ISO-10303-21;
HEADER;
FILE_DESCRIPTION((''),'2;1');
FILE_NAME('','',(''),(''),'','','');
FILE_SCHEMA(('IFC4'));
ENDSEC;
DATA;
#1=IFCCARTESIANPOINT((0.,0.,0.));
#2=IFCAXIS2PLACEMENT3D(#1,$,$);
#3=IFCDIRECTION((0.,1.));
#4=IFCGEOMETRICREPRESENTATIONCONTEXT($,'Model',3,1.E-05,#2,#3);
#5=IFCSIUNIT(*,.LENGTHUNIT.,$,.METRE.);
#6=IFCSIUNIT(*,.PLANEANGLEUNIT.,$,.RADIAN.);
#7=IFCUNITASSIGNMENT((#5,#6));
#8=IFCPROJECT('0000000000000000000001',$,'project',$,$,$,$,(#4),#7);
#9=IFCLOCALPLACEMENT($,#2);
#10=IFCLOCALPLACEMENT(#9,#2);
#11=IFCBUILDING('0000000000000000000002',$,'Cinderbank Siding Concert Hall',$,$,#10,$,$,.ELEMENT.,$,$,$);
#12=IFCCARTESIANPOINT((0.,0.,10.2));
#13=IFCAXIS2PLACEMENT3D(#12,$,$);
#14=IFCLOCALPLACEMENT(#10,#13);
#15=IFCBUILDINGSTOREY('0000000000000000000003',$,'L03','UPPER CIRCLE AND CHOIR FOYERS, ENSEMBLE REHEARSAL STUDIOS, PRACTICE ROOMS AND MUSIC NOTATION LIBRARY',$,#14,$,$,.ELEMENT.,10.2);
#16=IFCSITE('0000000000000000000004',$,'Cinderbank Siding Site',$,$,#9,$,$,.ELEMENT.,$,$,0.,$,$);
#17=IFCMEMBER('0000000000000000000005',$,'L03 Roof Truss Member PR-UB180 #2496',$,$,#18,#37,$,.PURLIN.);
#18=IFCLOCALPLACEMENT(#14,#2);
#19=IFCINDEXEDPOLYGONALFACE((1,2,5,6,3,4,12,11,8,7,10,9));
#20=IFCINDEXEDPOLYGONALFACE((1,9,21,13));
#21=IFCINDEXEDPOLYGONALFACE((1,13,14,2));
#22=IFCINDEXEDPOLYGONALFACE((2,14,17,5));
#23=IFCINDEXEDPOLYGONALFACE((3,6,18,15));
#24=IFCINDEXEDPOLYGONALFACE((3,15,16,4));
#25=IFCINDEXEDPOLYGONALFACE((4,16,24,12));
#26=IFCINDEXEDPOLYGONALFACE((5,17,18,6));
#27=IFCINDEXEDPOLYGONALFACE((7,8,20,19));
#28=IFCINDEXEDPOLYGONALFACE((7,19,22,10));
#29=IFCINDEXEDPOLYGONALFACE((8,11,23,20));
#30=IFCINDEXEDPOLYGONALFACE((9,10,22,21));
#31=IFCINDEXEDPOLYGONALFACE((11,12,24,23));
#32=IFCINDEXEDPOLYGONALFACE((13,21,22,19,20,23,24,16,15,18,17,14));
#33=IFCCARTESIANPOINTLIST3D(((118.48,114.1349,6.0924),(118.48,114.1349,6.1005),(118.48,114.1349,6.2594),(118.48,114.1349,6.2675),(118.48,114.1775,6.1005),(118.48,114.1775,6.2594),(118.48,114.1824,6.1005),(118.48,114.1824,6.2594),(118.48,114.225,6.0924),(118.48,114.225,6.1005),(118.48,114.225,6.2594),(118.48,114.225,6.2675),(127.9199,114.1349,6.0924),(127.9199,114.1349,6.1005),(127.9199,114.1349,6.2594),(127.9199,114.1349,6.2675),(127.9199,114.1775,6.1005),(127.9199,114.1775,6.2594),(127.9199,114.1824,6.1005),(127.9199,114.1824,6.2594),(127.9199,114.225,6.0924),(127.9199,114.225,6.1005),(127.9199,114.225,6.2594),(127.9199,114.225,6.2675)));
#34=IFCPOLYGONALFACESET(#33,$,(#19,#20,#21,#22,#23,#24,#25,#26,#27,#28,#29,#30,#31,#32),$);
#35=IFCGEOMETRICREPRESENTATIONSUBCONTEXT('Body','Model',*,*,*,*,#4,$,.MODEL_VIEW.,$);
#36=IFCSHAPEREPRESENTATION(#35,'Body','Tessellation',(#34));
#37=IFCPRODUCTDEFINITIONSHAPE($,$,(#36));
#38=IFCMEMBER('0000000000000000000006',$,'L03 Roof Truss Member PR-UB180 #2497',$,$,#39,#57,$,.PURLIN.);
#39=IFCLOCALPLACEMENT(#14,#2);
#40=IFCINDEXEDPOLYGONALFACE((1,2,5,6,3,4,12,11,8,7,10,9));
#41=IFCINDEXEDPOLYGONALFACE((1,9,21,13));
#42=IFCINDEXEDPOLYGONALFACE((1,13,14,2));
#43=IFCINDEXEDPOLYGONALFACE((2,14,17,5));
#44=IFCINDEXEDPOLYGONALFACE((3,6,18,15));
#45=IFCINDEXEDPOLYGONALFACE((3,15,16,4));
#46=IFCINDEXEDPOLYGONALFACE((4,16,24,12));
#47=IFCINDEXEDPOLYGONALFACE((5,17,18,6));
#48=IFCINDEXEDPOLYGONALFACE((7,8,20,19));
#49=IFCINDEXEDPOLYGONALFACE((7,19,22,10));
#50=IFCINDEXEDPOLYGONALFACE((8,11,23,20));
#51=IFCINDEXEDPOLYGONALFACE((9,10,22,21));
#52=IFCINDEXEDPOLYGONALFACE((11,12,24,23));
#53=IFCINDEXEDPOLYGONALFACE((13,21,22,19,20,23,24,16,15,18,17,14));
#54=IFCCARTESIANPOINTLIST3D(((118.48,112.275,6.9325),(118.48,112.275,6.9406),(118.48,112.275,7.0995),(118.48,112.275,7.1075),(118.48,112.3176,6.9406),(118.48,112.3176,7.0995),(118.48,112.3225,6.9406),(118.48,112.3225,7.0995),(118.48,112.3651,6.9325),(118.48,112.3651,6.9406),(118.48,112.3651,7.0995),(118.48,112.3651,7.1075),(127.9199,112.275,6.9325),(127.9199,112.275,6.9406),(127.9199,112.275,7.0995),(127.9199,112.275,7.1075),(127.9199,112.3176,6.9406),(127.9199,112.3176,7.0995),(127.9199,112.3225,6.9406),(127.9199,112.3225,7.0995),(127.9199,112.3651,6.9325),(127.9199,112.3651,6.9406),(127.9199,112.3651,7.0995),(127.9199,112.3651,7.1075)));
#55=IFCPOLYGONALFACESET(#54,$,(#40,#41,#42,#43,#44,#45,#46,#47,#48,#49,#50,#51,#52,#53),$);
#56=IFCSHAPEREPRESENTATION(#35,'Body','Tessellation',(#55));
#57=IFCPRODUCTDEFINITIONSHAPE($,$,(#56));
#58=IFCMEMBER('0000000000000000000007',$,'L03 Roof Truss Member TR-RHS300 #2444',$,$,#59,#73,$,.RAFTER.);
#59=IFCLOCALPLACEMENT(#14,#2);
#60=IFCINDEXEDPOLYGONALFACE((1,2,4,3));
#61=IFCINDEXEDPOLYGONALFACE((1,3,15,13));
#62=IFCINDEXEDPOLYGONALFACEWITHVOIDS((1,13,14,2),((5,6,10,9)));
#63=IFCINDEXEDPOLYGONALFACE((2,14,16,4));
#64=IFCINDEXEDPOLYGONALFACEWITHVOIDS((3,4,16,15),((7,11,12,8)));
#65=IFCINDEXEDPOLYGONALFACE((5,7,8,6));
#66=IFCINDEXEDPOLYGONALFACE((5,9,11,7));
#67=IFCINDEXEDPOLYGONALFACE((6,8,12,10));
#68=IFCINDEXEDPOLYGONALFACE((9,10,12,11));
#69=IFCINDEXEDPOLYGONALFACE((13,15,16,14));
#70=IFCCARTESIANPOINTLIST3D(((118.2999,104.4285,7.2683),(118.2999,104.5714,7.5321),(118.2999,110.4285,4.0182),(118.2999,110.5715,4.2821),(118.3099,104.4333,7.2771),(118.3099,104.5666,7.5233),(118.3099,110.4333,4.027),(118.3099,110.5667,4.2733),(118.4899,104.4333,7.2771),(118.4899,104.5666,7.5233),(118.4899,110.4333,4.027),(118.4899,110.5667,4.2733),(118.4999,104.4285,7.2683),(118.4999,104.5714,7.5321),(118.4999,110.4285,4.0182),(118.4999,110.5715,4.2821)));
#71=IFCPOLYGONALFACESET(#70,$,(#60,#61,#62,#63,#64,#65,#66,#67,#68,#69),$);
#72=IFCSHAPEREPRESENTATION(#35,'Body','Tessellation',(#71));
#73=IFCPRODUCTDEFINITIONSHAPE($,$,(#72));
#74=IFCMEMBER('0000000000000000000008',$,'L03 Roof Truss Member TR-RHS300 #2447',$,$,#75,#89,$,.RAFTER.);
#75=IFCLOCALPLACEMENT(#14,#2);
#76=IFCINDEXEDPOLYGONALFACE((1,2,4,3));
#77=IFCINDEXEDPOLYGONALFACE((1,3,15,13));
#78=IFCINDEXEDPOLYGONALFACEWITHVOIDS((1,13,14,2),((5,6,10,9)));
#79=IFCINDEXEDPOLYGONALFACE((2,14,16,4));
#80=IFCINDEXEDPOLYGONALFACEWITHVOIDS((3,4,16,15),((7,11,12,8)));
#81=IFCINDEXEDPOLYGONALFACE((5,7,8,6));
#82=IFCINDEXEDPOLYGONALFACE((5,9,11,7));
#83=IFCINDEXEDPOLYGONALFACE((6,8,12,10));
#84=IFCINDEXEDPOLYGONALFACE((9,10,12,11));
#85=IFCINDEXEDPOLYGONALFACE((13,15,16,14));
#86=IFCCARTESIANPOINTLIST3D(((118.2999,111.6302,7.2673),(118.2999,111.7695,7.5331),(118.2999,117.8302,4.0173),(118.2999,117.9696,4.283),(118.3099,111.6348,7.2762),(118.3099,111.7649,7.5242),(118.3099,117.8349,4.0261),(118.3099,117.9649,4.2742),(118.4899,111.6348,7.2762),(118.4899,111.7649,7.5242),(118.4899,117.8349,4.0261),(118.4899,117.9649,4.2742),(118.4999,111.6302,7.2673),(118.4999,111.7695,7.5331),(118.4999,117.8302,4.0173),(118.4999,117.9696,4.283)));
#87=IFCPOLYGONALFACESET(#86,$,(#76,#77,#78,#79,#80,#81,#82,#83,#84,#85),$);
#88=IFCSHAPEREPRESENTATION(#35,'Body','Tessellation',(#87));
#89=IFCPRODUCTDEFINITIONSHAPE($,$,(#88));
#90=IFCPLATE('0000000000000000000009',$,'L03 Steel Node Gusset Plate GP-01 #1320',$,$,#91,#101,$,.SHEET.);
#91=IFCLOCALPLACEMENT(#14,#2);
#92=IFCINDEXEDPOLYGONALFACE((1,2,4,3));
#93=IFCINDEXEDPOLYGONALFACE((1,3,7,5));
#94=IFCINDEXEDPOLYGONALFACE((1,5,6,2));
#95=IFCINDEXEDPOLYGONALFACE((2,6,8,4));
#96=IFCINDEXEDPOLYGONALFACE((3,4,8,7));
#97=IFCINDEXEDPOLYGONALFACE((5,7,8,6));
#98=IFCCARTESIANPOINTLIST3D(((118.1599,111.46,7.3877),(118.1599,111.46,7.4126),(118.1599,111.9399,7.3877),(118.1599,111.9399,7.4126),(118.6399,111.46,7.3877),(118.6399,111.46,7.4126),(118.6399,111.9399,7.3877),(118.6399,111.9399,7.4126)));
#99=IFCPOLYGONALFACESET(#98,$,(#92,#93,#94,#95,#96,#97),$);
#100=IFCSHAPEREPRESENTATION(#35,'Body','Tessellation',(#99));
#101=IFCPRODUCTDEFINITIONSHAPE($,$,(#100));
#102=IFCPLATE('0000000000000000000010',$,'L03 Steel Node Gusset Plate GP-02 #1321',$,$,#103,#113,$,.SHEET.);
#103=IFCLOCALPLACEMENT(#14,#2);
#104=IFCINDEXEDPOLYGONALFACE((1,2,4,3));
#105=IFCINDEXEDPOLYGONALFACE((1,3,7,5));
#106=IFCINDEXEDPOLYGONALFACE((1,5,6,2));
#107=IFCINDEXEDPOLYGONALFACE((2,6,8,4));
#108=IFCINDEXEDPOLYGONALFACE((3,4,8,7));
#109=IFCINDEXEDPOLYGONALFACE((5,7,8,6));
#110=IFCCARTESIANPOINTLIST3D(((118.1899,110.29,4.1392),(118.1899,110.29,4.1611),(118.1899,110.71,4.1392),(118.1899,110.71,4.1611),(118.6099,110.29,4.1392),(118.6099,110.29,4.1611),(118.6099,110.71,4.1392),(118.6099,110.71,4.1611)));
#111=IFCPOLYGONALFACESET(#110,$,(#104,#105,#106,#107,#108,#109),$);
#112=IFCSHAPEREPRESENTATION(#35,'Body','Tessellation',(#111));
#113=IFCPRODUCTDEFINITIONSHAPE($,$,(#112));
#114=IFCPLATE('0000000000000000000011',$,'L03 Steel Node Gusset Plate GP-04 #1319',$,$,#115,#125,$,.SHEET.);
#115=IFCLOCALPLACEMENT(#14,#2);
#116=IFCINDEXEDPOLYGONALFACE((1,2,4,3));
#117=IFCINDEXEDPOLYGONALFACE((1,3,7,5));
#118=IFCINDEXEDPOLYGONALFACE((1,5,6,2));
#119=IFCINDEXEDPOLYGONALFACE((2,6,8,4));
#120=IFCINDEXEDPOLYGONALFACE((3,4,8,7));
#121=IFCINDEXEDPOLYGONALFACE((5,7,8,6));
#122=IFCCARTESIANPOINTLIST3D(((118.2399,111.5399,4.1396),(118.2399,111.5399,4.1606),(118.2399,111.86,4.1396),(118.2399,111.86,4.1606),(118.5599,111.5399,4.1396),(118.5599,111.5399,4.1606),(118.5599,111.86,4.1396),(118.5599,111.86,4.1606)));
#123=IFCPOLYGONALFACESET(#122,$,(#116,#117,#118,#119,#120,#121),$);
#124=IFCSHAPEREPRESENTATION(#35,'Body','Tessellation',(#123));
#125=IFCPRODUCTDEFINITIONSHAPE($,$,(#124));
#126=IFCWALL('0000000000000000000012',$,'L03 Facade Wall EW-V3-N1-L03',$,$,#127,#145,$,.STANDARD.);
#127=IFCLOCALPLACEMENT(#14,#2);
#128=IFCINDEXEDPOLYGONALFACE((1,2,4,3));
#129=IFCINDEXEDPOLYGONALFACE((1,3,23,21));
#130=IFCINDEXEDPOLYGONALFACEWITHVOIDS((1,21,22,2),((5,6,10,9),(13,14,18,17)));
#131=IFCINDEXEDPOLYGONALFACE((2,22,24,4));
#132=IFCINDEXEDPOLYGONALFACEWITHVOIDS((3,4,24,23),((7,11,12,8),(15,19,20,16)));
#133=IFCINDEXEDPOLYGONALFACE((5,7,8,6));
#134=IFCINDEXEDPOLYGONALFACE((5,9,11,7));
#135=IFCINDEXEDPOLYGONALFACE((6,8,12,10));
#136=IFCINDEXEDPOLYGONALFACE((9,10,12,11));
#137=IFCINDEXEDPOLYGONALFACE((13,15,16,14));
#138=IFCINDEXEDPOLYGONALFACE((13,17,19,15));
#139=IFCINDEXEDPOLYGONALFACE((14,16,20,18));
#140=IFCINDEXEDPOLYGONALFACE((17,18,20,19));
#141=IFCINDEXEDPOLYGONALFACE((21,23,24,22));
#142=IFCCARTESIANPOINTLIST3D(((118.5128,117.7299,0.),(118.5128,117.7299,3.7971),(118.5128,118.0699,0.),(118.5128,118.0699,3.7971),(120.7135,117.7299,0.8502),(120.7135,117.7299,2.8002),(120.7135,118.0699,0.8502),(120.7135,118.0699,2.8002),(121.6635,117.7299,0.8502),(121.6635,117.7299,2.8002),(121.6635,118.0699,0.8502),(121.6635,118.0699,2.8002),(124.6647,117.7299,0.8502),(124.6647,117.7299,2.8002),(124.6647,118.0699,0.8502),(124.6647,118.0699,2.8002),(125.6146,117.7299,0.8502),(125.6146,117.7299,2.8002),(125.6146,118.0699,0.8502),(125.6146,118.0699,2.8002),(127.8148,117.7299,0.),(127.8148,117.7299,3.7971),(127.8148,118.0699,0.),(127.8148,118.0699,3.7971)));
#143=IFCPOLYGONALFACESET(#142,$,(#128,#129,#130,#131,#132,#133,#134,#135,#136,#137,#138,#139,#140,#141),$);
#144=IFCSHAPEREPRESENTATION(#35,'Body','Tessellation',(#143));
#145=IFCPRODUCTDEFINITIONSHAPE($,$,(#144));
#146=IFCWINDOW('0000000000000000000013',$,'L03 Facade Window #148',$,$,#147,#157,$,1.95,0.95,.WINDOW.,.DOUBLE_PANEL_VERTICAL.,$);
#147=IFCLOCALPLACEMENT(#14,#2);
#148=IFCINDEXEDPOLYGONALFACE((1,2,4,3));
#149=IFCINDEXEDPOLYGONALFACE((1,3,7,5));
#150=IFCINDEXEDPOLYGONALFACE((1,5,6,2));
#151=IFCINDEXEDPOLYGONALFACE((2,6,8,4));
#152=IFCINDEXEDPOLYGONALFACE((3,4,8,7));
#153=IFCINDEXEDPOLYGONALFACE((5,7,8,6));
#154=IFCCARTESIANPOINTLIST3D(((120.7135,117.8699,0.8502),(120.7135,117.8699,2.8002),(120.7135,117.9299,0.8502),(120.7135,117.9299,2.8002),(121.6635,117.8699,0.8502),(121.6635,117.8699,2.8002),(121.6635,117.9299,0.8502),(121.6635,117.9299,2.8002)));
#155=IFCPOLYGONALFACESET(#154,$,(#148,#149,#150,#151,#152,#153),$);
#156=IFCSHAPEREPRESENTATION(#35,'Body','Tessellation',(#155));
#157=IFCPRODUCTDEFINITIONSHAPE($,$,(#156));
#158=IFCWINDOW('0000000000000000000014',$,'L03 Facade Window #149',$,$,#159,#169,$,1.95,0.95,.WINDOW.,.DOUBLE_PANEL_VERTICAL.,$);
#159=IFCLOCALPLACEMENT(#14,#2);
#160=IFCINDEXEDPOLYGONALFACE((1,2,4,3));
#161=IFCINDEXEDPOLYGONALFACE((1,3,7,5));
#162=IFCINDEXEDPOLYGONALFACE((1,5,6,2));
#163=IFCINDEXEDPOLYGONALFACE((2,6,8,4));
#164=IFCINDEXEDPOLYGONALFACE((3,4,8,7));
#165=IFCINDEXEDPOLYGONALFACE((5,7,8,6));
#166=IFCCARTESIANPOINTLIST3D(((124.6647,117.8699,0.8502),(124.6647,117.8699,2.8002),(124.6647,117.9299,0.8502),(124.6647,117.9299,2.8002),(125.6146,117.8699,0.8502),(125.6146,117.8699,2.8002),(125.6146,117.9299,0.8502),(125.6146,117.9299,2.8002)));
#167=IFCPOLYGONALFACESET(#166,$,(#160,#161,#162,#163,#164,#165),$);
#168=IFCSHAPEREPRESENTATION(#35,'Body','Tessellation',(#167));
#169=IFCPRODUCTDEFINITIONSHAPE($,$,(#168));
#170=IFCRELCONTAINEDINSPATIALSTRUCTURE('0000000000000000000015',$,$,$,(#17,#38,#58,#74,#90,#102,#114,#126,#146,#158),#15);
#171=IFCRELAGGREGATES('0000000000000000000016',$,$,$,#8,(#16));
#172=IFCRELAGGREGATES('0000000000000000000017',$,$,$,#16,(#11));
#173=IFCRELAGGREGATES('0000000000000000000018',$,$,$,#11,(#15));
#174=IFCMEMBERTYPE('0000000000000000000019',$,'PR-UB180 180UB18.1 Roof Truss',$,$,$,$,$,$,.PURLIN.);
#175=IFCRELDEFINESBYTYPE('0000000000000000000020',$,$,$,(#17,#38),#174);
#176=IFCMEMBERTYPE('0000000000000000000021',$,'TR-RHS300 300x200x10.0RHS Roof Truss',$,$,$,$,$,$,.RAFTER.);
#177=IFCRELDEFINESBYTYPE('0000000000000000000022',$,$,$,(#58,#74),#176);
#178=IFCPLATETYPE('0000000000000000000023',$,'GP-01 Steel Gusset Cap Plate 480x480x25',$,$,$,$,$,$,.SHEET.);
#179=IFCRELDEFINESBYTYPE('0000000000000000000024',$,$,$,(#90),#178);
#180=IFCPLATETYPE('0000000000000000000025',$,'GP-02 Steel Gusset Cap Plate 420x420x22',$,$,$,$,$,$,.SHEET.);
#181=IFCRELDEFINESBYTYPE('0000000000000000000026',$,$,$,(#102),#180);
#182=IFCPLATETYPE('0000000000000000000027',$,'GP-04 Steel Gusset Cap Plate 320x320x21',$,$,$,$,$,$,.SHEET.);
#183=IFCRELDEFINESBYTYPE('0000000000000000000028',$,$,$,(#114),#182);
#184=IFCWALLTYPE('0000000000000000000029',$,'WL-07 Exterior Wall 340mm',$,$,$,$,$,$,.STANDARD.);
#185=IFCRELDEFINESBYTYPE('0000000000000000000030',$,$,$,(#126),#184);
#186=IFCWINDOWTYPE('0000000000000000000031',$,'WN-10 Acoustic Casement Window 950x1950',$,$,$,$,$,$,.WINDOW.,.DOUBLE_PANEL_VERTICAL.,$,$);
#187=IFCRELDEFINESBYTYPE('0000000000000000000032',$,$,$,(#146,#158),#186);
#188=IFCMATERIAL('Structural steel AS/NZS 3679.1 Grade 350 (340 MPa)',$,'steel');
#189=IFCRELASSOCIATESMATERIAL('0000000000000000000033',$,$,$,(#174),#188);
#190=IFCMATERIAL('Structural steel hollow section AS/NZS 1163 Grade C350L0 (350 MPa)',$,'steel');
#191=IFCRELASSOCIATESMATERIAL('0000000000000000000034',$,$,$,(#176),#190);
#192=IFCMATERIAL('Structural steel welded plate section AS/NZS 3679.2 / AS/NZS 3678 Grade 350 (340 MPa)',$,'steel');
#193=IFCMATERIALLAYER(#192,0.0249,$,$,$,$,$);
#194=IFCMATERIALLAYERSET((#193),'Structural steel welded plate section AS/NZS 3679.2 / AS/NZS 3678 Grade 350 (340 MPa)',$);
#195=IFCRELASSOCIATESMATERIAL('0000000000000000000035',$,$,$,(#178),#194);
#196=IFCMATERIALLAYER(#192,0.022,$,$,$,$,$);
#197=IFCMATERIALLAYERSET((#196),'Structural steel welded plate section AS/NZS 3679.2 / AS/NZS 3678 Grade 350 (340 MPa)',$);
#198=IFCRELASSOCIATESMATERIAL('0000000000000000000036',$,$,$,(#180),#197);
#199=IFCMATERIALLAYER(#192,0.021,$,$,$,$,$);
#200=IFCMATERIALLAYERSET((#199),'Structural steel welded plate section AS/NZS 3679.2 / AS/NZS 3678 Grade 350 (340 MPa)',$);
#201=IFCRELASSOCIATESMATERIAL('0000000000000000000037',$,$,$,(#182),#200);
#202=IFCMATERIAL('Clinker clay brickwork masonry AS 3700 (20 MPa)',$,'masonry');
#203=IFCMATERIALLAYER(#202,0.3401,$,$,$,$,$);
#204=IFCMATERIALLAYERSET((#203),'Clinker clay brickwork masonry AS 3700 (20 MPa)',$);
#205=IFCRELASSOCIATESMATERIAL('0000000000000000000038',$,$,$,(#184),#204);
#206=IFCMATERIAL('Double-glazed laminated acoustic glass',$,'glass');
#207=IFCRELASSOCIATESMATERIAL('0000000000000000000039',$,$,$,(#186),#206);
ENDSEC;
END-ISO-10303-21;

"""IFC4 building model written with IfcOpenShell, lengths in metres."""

from ifc_helpers import new_model, si_unit, direction, frame, frame_2d, origin, origin_2d, place, context, subcontext, project, spatial, rectangle, hollow_rectangle, i_section, extrude, material, layer, layer_set, material_profile, profile_set, type_object, element, fill, save


model = new_model("IFC4")

# Units and contexts
model_context = context("Model", 3, precision=1e-05, world=origin(), true_north=direction((0.0, 1.0)))
body_context = subcontext(model_context, "Body", "Model", "MODEL_VIEW")
ifc_project = project(units=[si_unit("LENGTHUNIT", "METRE"), si_unit("PLANEANGLEUNIT", "RADIAN")], contexts=[model_context])

# Site, building, storey
site_placement = place(None, origin())
site = spatial("IfcSite", under=ifc_project, at=site_placement, Name="Cinderbank Siding Site", CompositionType="ELEMENT", RefElevation=0.0)
building_placement = place(site_placement, origin())
building = spatial("IfcBuilding", under=site, at=building_placement, Name="Cinderbank Siding Concert Hall", CompositionType="ELEMENT")
storey_placement = place(building_placement, frame((0.0, 0.0, 10.2)))
storey = spatial("IfcBuildingStorey", under=building, at=storey_placement, Name="L03", Description="UPPER CIRCLE AND CHOIR FOYERS, ENSEMBLE REHEARSAL STUDIOS, PRACTICE ROOMS AND MUSIC NOTATION LIBRARY", CompositionType="ELEMENT", Elevation=10.2)

# Shared definitions
ifc_material_1 = material(Name="Structural steel AS/NZS 3679.1 Grade 350 (340 MPa)", Category="steel")

# Shared definitions
ifc_material_2 = material(Name="Structural steel welded plate section AS/NZS 3679.2 / AS/NZS 3678 Grade 350 (340 MPa)", Category="steel")

# Members
ifc_material_3 = material(Name="Structural steel hollow section AS/NZS 1163 Grade C350L0 (350 MPa)", Category="steel")
ifc_material_profile_1 = material_profile(ifc_material_1, i_section(OverallWidth=0.0901, OverallDepth=0.175, WebThickness=0.0049, FlangeThickness=0.0081, at=origin_2d()), Name="180UB18.1", Category="LoadBearing")
ifc_profile_set_1 = profile_set([ifc_material_profile_1], Name="Structural steel AS/NZS 3679.1 Grade 350 (340 MPa)")
member_type_1 = type_object("IfcMemberType", Name="PR-UB180 180UB18.1 Roof Truss", PredefinedType="PURLIN", material=ifc_profile_set_1)
for number, where, z_axis, x_axis, name in (
    (1, (118.48, 114.1799, 6.1799), (1.0, 0.0, 0.0), (0.0, 1.0, 0.0), "L03 Roof Truss Member PR-UB180 #2496"),
    (2, (118.48, 112.3201, 7.02), (1.0, 0.0, 0.0), (0.0, 1.0, 0.0), "L03 Roof Truss Member PR-UB180 #2497"),
):
    element("IfcMember", number, at=place(storey_placement, frame(where, z_axis=z_axis, x_axis=x_axis)), inside=storey, type_object=member_type_1, Name=name, PredefinedType="PURLIN", context=body_context, shape_type="SweptSolid", body=[
        extrude(i_section(OverallWidth=0.0901, OverallDepth=0.175, WebThickness=0.0049, FlangeThickness=0.0081, at=origin_2d()), origin(), (0.0, 0.0, 1.0), 9.4399),
    ])
ifc_material_profile_2 = material_profile(ifc_material_3, hollow_rectangle(XDim=0.2, YDim=0.3, WallThickness=0.01, at=origin_2d()), Name="300x200x10.0RHS", Category="LoadBearing")
ifc_profile_set_2 = profile_set([ifc_material_profile_2], Name="Structural steel hollow section AS/NZS 1163 Grade C350L0 (350 MPa)")
member_type_2 = type_object("IfcMemberType", Name="TR-RHS300 300x200x10.0RHS Roof Truss", PredefinedType="RAFTER", material=ifc_profile_set_2)
member_1_placement = place(storey_placement, frame((118.3999, 110.5, 4.1501), z_axis=(0.0, -0.879292, 0.476283), x_axis=(1.0, 0.0, 0.0)))
element("IfcMember", 3, at=member_1_placement, inside=storey, type_object=member_type_2, Name="L03 Roof Truss Member TR-RHS300 #2444", PredefinedType="RAFTER", context=body_context, shape_type="SweptSolid", body=[
    extrude(hollow_rectangle(XDim=0.2, YDim=0.3, WallThickness=0.01, at=origin_2d()), origin(), (0.0, 0.0, 1.0), 6.8237),
])
member_2_placement = place(storey_placement, frame((118.3999, 117.8999, 4.1501), z_axis=(0.0, -0.88569, 0.464277), x_axis=(1.0, 0.0, 0.0)))
element("IfcMember", 4, at=member_2_placement, inside=storey, type_object=member_type_2, Name="L03 Roof Truss Member TR-RHS300 #2447", PredefinedType="RAFTER", context=body_context, shape_type="SweptSolid", body=[
    extrude(hollow_rectangle(XDim=0.2, YDim=0.3, WallThickness=0.01, at=origin_2d()), origin(), (0.0, 0.0, 1.0), 7.0002),
])

# Plates
ifc_layer_1 = layer(ifc_material_2, 0.0249)
ifc_layer_set_1 = layer_set([ifc_layer_1], Name="Structural steel welded plate section AS/NZS 3679.2 / AS/NZS 3678 Grade 350 (340 MPa)")
plate_type_1 = type_object("IfcPlateType", Name="GP-01 Steel Gusset Cap Plate 480x480x25", PredefinedType="SHEET", material=ifc_layer_set_1)
plate_1_placement = place(storey_placement, frame((118.3999, 111.7, 7.3877), z_axis=(0.0, 0.0, 1.0), x_axis=(1.0, 0.0, 0.0)))
element("IfcPlate", 5, at=plate_1_placement, inside=storey, type_object=plate_type_1, Name="L03 Steel Node Gusset Plate GP-01 #1320", PredefinedType="SHEET", context=body_context, shape_type="SweptSolid", body=[
    extrude(rectangle(XDim=0.48, YDim=0.48, at=origin_2d()), origin(), (0.0, 0.0, 1.0), 0.0249),
])
ifc_layer_2 = layer(ifc_material_2, 0.022)
ifc_layer_set_2 = layer_set([ifc_layer_2], Name="Structural steel welded plate section AS/NZS 3679.2 / AS/NZS 3678 Grade 350 (340 MPa)")
plate_type_2 = type_object("IfcPlateType", Name="GP-02 Steel Gusset Cap Plate 420x420x22", PredefinedType="SHEET", material=ifc_layer_set_2)
plate_2_placement = place(storey_placement, frame((118.3999, 110.5, 4.1392), z_axis=(0.0, 0.0, 1.0), x_axis=(0.0, 1.0, 0.0)))
element("IfcPlate", 6, at=plate_2_placement, inside=storey, type_object=plate_type_2, Name="L03 Steel Node Gusset Plate GP-02 #1321", PredefinedType="SHEET", context=body_context, shape_type="SweptSolid", body=[
    extrude(rectangle(XDim=0.4199, YDim=0.4199, at=origin_2d()), origin(), (0.0, 0.0, 1.0), 0.022),
])
ifc_layer_3 = layer(ifc_material_2, 0.021)
ifc_layer_set_3 = layer_set([ifc_layer_3], Name="Structural steel welded plate section AS/NZS 3679.2 / AS/NZS 3678 Grade 350 (340 MPa)")
plate_type_3 = type_object("IfcPlateType", Name="GP-04 Steel Gusset Cap Plate 320x320x21", PredefinedType="SHEET", material=ifc_layer_set_3)
plate_3_placement = place(storey_placement, frame((118.3999, 111.7, 4.1396), z_axis=(0.0, 0.0, 1.0), x_axis=(1.0, 0.0, 0.0)))
element("IfcPlate", 7, at=plate_3_placement, inside=storey, type_object=plate_type_3, Name="L03 Steel Node Gusset Plate GP-04 #1319", PredefinedType="SHEET", context=body_context, shape_type="SweptSolid", body=[
    extrude(rectangle(XDim=0.3201, YDim=0.3201, at=origin_2d()), origin(), (0.0, 0.0, 1.0), 0.021),
])

# Wall, openings, windows
ifc_material_4 = material(Name="Clinker clay brickwork masonry AS 3700 (20 MPa)", Category="masonry")
ifc_layer_4 = layer(ifc_material_4, 0.3401)
ifc_layer_set_4 = layer_set([ifc_layer_4], Name="Clinker clay brickwork masonry AS 3700 (20 MPa)")
wall_type = type_object("IfcWallType", Name="WL-07 Exterior Wall 340mm", PredefinedType="STANDARD", material=ifc_layer_set_4)
wall_placement = place(storey_placement, frame((118.5129, 117.8999, 0.0), z_axis=(0.0, 0.0, 1.0), x_axis=(1.0, 0.0, 0.0)))
wall = element("IfcWall", 8, at=wall_placement, inside=storey, type_object=wall_type, Name="L03 Facade Wall EW-V3-N1-L03", PredefinedType="STANDARD", context=body_context, shape_type="SweptSolid", body=[
    extrude(rectangle(XDim=9.302, YDim=0.3401, at=frame_2d((4.6509, 0.0))), origin(), (0.0, 0.0, 1.0), 3.7971),
])
opening_1_placement = place(wall_placement, frame((2.2004, 0.0, 0.8501)))
opening_1 = element("IfcOpeningElement", 9, at=opening_1_placement, cuts=wall, PredefinedType="OPENING", context=body_context, shape_type="SweptSolid", body=[
    extrude(rectangle(XDim=0.95, YDim=1.95, at=frame_2d((0.4751, 0.9751))), frame((0.0, 0.1821, 0.0), z_axis=(0.0, -1.0, 0.0), x_axis=(1.0, 0.0, 0.0)), (0.0, 0.0, 1.0), 0.364),
])
opening_2_placement = place(wall_placement, frame((6.1516, 0.0, 0.8501)))
opening_2 = element("IfcOpeningElement", 10, at=opening_2_placement, cuts=wall, PredefinedType="OPENING", context=body_context, shape_type="SweptSolid", body=[
    extrude(rectangle(XDim=0.95, YDim=1.95, at=frame_2d((0.4751, 0.9751))), frame((0.0, 0.1821, 0.0), z_axis=(0.0, -1.0, 0.0), x_axis=(1.0, 0.0, 0.0)), (0.0, 0.0, 1.0), 0.364),
])
ifc_material_5 = material(Name="Double-glazed laminated acoustic glass", Category="glass")
window_type = type_object("IfcWindowType", Name="WN-10 Acoustic Casement Window 950x1950", PartitioningType="DOUBLE_PANEL_VERTICAL", PredefinedType="WINDOW", material=ifc_material_5)
window_1_placement = place(opening_1_placement, origin())
window_1 = element("IfcWindow", 11, at=window_1_placement, inside=storey, type_object=window_type, Name="L03 Facade Window #148", OverallHeight=1.95, OverallWidth=0.95, PartitioningType="DOUBLE_PANEL_VERTICAL", PredefinedType="WINDOW", context=body_context, shape_type="SweptSolid", body=[
    extrude(rectangle(XDim=0.95, YDim=1.95, at=frame_2d((0.4751, 0.9751))), frame((0.0, 0.03, 0.0), z_axis=(0.0, -1.0, 0.0), x_axis=(1.0, 0.0, 0.0)), (0.0, 0.0, 1.0), 0.0601),
])
fill(opening_1, window_1)
window_2_placement = place(opening_2_placement, origin())
window_2 = element("IfcWindow", 12, at=window_2_placement, inside=storey, type_object=window_type, Name="L03 Facade Window #149", OverallHeight=1.95, OverallWidth=0.95, PartitioningType="DOUBLE_PANEL_VERTICAL", PredefinedType="WINDOW", context=body_context, shape_type="SweptSolid", body=[
    extrude(rectangle(XDim=0.95, YDim=1.95, at=frame_2d((0.4751, 0.9751))), frame((0.0, 0.03, 0.0), z_axis=(0.0, -1.0, 0.0), x_axis=(1.0, 0.0, 0.0)), (0.0, 0.0, 1.0), 0.0601),
])
fill(opening_2, window_2)

save(model, "model.ifc")
